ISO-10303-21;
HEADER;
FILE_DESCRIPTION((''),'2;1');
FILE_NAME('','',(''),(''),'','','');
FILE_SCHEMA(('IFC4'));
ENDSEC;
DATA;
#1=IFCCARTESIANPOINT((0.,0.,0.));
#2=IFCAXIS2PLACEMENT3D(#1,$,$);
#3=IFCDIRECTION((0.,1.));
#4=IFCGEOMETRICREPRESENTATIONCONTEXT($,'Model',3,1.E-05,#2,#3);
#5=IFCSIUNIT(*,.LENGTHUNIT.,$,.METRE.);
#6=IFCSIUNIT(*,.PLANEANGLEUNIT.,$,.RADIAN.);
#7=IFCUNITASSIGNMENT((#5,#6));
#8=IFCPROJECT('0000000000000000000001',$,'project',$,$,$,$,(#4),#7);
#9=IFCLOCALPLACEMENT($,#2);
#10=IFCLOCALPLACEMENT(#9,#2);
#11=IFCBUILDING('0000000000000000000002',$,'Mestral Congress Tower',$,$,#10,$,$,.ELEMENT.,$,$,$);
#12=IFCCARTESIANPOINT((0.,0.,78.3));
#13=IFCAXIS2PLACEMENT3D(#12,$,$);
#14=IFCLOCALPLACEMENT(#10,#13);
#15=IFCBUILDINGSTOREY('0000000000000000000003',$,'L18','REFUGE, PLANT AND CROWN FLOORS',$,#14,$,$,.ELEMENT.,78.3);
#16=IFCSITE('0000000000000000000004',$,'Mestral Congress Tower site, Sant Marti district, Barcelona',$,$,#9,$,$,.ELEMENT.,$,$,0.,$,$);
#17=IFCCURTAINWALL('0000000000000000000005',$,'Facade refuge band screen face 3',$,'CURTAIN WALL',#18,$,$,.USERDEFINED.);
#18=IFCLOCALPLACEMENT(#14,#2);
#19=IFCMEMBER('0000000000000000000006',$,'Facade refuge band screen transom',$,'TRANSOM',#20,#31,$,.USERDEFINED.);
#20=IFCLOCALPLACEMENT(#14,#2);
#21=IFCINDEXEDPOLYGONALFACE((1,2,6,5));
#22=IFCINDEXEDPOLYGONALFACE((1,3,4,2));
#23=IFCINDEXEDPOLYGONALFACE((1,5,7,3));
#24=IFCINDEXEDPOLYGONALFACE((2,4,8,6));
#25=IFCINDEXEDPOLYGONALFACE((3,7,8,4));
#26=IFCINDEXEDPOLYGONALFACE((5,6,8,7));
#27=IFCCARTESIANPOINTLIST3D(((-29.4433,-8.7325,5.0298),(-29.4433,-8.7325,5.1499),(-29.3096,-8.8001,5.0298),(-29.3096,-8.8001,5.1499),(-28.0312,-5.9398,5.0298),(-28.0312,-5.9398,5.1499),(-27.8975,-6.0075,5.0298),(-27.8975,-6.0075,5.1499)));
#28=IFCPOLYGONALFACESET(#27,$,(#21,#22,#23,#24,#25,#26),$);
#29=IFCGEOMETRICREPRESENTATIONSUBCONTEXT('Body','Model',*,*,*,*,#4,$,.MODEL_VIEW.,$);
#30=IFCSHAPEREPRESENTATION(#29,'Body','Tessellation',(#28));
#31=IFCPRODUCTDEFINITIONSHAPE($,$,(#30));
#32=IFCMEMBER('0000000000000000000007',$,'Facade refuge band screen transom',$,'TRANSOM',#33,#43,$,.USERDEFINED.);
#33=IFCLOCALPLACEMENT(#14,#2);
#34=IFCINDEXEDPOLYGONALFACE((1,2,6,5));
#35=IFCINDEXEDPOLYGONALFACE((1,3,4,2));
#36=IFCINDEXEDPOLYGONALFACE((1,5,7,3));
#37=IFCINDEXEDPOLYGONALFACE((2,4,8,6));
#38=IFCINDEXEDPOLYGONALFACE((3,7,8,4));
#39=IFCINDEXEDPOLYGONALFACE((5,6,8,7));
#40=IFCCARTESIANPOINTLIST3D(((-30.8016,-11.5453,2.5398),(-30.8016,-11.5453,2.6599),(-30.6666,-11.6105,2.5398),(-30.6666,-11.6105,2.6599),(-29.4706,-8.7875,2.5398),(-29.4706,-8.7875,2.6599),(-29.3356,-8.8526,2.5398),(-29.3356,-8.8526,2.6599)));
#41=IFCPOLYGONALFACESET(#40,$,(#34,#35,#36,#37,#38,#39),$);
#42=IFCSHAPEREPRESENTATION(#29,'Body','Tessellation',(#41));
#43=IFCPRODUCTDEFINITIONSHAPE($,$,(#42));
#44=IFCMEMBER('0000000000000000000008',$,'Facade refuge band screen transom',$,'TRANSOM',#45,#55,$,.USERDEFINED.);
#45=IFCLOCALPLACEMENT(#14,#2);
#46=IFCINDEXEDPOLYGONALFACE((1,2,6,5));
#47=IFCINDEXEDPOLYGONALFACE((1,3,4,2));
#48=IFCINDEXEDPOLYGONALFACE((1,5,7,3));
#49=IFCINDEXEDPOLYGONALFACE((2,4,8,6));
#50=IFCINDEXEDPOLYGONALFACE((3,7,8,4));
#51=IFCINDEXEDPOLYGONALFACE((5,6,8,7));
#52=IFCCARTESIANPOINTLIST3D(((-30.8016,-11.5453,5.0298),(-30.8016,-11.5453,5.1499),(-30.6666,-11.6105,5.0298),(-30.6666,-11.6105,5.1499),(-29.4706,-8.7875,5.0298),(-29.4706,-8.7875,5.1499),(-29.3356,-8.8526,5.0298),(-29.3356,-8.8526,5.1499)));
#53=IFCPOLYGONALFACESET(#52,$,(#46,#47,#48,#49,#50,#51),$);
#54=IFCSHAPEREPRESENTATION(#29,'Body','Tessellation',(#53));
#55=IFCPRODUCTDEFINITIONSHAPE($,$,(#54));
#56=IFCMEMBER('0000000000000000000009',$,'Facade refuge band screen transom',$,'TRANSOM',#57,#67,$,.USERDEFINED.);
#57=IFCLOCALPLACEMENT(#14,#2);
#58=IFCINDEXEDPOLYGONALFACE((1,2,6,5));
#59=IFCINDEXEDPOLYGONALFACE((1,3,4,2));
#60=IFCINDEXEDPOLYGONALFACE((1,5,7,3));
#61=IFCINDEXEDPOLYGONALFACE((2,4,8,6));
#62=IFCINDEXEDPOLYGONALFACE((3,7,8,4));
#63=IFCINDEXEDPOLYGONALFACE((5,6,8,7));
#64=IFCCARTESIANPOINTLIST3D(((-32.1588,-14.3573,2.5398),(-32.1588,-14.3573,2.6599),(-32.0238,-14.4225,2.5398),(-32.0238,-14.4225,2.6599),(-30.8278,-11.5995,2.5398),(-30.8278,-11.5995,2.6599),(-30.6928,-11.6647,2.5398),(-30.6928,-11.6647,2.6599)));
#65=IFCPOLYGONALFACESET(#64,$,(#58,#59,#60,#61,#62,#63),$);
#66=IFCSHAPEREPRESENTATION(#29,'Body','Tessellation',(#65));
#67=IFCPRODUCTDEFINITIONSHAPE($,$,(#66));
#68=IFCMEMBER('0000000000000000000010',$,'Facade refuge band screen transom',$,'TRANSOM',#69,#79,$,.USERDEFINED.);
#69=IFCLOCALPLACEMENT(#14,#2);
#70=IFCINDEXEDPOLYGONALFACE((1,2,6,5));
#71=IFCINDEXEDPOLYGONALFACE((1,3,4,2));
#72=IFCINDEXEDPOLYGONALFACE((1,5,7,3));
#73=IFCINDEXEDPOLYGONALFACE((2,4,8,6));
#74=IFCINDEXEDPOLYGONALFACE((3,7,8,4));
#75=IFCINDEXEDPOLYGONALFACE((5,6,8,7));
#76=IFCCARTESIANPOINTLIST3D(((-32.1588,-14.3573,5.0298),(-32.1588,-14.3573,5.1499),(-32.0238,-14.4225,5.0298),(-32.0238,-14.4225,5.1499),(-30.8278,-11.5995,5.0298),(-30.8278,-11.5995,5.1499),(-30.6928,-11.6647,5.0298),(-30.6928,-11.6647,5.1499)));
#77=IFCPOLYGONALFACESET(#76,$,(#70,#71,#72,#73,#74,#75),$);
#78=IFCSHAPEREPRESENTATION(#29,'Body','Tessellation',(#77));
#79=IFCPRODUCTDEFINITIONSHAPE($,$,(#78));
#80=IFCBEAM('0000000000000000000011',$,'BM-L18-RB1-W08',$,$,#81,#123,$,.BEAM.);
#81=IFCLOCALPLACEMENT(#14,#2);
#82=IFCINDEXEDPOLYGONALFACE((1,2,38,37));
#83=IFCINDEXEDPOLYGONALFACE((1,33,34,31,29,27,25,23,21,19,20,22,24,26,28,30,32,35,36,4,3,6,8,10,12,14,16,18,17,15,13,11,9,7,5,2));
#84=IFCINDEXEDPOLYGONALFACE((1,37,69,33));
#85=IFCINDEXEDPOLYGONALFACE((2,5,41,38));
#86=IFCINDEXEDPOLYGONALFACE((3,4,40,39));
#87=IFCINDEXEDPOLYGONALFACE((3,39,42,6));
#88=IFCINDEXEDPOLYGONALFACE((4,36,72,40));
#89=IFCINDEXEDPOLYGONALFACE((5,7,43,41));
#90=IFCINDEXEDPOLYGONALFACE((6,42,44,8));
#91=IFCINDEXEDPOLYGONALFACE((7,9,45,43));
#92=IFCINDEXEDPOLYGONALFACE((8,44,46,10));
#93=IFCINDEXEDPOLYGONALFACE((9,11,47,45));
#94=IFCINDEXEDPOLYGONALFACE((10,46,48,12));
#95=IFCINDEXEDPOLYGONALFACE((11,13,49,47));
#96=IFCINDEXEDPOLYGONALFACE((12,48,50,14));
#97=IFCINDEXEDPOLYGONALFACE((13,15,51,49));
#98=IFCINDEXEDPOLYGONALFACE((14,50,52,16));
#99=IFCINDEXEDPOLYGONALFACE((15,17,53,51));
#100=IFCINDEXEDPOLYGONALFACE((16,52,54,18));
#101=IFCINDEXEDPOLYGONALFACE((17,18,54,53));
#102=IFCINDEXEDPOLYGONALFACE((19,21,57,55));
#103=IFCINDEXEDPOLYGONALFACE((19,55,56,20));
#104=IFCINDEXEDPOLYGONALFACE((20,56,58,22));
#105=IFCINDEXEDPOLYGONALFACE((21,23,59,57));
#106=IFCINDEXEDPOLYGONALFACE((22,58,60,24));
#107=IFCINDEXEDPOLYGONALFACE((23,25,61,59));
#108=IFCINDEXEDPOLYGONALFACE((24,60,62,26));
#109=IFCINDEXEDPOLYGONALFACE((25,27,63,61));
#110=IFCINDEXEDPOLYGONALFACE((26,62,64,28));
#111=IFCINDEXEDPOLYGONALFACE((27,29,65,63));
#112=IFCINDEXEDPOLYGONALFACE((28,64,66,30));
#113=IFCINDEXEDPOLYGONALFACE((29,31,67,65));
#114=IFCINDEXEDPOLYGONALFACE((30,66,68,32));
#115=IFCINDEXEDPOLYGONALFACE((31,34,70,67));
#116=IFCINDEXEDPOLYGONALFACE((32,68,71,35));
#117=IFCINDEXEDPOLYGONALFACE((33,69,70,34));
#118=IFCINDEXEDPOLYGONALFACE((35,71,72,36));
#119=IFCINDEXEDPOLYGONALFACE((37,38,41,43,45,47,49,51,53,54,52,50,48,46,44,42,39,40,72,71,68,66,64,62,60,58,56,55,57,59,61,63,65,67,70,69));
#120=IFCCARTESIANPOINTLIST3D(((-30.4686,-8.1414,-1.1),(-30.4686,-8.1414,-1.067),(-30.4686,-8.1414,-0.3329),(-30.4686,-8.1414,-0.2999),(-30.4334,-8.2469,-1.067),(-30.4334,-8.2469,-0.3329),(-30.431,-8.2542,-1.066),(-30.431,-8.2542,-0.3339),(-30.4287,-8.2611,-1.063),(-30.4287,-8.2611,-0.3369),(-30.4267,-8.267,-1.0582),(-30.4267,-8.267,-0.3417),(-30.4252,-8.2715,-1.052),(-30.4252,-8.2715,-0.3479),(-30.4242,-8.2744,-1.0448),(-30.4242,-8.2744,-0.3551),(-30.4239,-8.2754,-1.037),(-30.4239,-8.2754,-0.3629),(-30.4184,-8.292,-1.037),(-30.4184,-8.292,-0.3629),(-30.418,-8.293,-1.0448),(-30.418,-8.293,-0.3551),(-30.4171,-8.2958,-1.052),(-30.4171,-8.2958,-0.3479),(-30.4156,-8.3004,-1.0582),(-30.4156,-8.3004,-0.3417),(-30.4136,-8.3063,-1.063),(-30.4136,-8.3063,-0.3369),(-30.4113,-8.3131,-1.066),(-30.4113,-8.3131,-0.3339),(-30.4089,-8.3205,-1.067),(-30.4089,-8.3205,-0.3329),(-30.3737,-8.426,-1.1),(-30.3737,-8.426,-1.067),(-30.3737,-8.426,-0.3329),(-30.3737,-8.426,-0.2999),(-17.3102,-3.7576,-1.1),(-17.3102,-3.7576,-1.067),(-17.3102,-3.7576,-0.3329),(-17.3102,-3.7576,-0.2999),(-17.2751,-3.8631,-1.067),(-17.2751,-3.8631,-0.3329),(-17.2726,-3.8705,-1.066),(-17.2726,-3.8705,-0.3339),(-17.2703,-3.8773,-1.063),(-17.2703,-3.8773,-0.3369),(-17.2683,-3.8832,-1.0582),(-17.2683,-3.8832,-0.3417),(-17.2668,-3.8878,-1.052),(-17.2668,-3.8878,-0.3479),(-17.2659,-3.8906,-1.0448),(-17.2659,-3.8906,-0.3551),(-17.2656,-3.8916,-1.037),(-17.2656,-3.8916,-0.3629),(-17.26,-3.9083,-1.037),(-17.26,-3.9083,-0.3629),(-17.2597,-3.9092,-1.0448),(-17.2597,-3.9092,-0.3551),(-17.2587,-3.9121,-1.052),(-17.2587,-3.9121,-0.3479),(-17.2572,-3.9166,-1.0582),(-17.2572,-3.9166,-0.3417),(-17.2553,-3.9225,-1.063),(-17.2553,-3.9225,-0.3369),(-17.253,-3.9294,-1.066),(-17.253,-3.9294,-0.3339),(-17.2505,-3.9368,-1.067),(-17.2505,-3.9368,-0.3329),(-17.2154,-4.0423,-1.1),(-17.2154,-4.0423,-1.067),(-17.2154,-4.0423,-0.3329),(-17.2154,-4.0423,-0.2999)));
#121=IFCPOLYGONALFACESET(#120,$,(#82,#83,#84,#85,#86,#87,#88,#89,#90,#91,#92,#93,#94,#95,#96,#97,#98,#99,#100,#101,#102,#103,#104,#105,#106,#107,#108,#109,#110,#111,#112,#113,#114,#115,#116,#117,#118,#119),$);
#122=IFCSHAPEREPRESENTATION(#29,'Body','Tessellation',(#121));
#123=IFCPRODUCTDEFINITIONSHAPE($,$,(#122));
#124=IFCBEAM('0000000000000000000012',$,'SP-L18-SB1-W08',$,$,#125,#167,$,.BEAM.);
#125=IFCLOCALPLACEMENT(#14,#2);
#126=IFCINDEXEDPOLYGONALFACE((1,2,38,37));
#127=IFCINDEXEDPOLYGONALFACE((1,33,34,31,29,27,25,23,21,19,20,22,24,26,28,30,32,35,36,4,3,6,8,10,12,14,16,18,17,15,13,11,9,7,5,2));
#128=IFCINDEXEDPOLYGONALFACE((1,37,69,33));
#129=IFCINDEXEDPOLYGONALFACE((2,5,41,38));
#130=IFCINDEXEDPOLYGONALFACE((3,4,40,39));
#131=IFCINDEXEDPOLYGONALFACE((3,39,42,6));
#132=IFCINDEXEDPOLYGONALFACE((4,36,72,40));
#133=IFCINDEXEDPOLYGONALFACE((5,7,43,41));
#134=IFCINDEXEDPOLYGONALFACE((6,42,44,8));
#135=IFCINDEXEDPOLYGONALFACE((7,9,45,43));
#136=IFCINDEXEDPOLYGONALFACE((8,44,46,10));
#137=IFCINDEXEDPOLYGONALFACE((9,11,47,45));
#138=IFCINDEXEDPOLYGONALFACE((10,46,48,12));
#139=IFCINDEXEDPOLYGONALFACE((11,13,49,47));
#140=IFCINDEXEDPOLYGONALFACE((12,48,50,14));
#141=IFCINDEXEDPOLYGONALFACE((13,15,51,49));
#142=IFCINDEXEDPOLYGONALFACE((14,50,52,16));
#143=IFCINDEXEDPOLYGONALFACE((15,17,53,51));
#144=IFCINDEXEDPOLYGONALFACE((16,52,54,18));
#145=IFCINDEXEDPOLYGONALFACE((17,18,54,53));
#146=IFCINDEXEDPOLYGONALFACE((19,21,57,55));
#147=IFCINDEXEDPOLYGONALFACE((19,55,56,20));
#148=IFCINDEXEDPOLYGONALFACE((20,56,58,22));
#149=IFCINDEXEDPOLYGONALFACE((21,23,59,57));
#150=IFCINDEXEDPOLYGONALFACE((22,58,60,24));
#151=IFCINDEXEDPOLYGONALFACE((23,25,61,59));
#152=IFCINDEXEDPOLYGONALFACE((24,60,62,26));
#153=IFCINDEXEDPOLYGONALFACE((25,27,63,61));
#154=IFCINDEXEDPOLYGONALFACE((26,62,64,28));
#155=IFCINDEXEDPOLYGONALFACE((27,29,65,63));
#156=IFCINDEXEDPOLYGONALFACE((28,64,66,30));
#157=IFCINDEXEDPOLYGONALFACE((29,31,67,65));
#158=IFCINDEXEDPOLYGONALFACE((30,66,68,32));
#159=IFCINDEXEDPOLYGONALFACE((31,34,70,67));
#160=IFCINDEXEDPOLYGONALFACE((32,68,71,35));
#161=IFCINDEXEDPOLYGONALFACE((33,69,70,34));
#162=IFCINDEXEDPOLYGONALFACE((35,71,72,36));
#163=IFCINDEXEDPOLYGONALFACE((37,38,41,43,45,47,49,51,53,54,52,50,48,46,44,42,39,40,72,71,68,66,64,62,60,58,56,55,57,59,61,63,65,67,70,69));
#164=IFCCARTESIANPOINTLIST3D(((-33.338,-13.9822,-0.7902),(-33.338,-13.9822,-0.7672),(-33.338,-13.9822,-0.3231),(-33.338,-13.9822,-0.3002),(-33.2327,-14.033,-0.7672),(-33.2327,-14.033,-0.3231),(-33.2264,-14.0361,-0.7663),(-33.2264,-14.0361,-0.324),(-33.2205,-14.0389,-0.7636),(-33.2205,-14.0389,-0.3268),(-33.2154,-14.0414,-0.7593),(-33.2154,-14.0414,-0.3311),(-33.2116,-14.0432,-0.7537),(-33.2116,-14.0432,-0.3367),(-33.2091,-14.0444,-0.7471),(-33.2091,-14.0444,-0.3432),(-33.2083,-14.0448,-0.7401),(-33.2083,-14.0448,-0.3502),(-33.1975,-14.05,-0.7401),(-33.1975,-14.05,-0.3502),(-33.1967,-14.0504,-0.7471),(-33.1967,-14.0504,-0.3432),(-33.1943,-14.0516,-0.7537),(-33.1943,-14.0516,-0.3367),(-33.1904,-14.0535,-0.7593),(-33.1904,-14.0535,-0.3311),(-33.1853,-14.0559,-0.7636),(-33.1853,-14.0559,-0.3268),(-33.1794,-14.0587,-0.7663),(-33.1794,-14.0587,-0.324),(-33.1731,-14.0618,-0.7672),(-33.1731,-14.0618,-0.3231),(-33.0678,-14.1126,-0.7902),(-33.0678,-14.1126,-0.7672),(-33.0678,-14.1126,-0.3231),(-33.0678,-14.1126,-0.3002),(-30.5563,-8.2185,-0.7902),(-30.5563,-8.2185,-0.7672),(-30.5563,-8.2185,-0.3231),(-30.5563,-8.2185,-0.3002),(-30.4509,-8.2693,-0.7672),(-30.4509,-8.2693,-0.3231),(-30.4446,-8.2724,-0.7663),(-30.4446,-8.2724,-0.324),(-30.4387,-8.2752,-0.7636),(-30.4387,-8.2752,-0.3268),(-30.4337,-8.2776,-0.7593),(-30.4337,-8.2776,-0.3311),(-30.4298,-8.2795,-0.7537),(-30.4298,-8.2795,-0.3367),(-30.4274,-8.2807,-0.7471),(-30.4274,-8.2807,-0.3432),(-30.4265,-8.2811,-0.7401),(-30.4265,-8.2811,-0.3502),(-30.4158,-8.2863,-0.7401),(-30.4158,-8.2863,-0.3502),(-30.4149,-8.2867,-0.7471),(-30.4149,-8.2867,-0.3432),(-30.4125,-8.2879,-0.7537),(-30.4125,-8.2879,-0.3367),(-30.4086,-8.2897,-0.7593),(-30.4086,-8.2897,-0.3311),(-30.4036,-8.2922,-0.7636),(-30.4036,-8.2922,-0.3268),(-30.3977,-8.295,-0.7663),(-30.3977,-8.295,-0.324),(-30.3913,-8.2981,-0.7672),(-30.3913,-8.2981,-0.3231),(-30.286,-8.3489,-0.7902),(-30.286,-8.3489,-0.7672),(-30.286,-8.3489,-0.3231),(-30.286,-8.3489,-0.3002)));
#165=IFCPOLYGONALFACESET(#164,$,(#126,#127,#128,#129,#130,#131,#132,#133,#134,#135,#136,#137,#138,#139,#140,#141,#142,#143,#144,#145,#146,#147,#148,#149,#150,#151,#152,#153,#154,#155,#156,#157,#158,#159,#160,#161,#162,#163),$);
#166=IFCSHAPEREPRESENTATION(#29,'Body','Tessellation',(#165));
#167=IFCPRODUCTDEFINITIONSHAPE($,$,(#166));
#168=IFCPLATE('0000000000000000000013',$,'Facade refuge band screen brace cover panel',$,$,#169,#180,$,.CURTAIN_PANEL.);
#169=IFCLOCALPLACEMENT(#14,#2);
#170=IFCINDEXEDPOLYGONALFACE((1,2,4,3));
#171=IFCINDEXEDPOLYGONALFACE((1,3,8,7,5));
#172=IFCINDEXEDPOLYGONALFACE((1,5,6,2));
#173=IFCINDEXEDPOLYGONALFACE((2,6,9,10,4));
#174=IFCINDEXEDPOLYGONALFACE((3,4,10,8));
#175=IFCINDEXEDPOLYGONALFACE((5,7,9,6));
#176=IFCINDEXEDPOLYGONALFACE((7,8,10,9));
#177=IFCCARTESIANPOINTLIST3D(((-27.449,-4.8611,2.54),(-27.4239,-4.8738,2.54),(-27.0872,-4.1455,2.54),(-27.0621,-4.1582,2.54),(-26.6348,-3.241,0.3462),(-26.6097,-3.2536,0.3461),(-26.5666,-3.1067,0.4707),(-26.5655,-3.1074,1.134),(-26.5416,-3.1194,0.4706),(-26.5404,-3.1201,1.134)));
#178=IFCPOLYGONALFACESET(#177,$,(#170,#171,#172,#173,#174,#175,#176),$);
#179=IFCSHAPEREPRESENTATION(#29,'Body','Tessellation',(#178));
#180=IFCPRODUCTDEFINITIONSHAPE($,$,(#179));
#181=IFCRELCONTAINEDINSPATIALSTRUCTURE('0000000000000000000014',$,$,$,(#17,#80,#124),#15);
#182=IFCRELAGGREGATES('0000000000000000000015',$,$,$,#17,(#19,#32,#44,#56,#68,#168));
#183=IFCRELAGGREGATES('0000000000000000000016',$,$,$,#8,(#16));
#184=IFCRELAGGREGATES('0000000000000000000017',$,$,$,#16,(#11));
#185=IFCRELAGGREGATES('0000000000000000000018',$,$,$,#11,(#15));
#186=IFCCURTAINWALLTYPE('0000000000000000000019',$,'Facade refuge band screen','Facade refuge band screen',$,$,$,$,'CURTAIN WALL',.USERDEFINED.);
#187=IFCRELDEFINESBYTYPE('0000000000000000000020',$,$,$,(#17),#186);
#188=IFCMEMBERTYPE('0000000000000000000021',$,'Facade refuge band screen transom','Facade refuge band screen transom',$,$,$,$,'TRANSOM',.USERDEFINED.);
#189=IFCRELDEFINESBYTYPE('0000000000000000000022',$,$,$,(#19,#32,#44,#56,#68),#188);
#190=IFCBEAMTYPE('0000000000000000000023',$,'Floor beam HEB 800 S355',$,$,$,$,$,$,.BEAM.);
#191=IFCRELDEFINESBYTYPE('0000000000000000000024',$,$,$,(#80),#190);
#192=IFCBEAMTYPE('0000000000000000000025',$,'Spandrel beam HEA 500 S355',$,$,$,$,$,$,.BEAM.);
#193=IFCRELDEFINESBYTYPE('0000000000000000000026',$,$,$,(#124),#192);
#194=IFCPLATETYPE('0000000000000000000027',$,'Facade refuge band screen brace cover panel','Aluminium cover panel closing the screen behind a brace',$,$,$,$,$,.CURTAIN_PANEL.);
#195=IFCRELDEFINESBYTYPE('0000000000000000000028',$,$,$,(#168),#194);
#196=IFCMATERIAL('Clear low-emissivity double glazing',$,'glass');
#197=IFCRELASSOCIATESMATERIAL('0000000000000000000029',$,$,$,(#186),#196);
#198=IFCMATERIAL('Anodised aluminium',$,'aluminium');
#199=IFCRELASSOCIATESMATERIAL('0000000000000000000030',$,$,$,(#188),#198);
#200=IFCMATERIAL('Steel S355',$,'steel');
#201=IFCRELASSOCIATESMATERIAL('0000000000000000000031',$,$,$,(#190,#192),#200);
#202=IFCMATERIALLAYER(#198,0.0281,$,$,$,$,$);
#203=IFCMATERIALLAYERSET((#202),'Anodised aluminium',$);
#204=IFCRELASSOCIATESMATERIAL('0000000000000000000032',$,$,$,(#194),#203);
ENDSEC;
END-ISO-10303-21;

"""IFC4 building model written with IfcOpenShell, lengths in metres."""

from ifc_helpers import new_model, si_unit, direction, frame, origin, origin_2d, place, context, subcontext, project, spatial, polyline, rectangle, i_section, outline, extrude, material, layer, layer_set, material_profile, profile_set, type_object, element, aggregate, save


model = new_model("IFC4")

# Units and contexts
model_context = context("Model", 3, precision=1e-05, world=origin(), true_north=direction((0.0, 1.0)))
body_context = subcontext(model_context, "Body", "Model", "MODEL_VIEW")
ifc_project = project(units=[si_unit("LENGTHUNIT", "METRE"), si_unit("PLANEANGLEUNIT", "RADIAN")], contexts=[model_context])

# Site, building, storey
site_placement = place(None, origin())
site = spatial("IfcSite", under=ifc_project, at=site_placement, Name="Mestral Congress Tower site, Sant Marti district, Barcelona", CompositionType="ELEMENT", RefElevation=0.0)
building_placement = place(site_placement, origin())
building = spatial("IfcBuilding", under=site, at=building_placement, Name="Mestral Congress Tower", CompositionType="ELEMENT")
storey_placement = place(building_placement, frame((0.0, 0.0, 78.3)))
storey = spatial("IfcBuildingStorey", under=building, at=storey_placement, Name="L18", Description="REFUGE, PLANT AND CROWN FLOORS", CompositionType="ELEMENT", Elevation=78.3)

# Shared definitions
ifc_material_1 = material(Name="Steel S355", Category="steel")

# Curtain wall, members
ifc_material_2 = material(Name="Clear low-emissivity double glazing", Category="glass")
curtain_wall_type = type_object("IfcCurtainWallType", Name="Facade refuge band screen", Description="Facade refuge band screen", ElementType="CURTAIN WALL", PredefinedType="USERDEFINED", material=ifc_material_2)
curtain_wall_placement = place(storey_placement, origin())
curtain_wall = element("IfcCurtainWall", 1, at=curtain_wall_placement, inside=storey, type_object=curtain_wall_type, Name="Facade refuge band screen face 3", ObjectType="CURTAIN WALL", PredefinedType="USERDEFINED")
ifc_material_3 = material(Name="Anodised aluminium", Category="aluminium")
ifc_material_profile_1 = material_profile(ifc_material_3, rectangle(XDim=0.1499, YDim=0.1201, at=origin_2d()), Name="CW3 transom 150 x 120")
ifc_profile_set_1 = profile_set([ifc_material_profile_1], Name="Anodised aluminium")
member_type_1 = type_object("IfcMemberType", Name="Facade refuge band screen transom", Description="Facade refuge band screen transom", ElementType="TRANSOM", PredefinedType="USERDEFINED", material=ifc_profile_set_1)
member_1_placement = place(storey_placement, frame((-27.9644, -5.9736, 5.0898), z_axis=(-0.451235, -0.892405, 0.0), x_axis=(0.892405, -0.451235, 0.0)))
member_1 = element("IfcMember", 2, at=member_1_placement, type_object=member_type_1, Name="Facade refuge band screen transom", ObjectType="TRANSOM", PredefinedType="USERDEFINED", context=body_context, shape_type="SweptSolid", body=[
    extrude(rectangle(XDim=0.1499, YDim=0.1201, at=origin_2d()), origin(), (0.0, 0.0, 1.0), 3.1294),
])
member_2_placement = place(storey_placement, frame((-29.4031, -8.8201, 2.5999), z_axis=(-0.434669, -0.90059, 0.0), x_axis=(0.90059, -0.434669, 0.0)))
member_2 = element("IfcMember", 3, at=member_2_placement, type_object=member_type_1, Name="Facade refuge band screen transom", ObjectType="TRANSOM", PredefinedType="USERDEFINED", context=body_context, shape_type="SweptSolid", body=[
    extrude(rectangle(XDim=0.1499, YDim=0.1201, at=origin_2d()), origin(), (0.0, 0.0, 1.0), 3.0623),
])
member_3_placement = place(storey_placement, frame((-29.4031, -8.8201, 5.0898), z_axis=(-0.434669, -0.90059, 0.0), x_axis=(0.90059, -0.434669, 0.0)))
member_3 = element("IfcMember", 4, at=member_3_placement, type_object=member_type_1, Name="Facade refuge band screen transom", ObjectType="TRANSOM", PredefinedType="USERDEFINED", context=body_context, shape_type="SweptSolid", body=[
    extrude(rectangle(XDim=0.1499, YDim=0.1201, at=origin_2d()), origin(), (0.0, 0.0, 1.0), 3.0623),
])
member_4_placement = place(storey_placement, frame((-30.7603, -11.6321, 2.5999), z_axis=(-0.434669, -0.90059, 0.0), x_axis=(0.90059, -0.434669, 0.0)))
member_4 = element("IfcMember", 5, at=member_4_placement, type_object=member_type_1, Name="Facade refuge band screen transom", ObjectType="TRANSOM", PredefinedType="USERDEFINED", context=body_context, shape_type="SweptSolid", body=[
    extrude(rectangle(XDim=0.1499, YDim=0.1201, at=origin_2d()), origin(), (0.0, 0.0, 1.0), 3.0623),
])
member_5_placement = place(storey_placement, frame((-30.7603, -11.6321, 5.0898), z_axis=(-0.434669, -0.90059, 0.0), x_axis=(0.90059, -0.434669, 0.0)))
member_5 = element("IfcMember", 6, at=member_5_placement, type_object=member_type_1, Name="Facade refuge band screen transom", ObjectType="TRANSOM", PredefinedType="USERDEFINED", context=body_context, shape_type="SweptSolid", body=[
    extrude(rectangle(XDim=0.1499, YDim=0.1201, at=origin_2d()), origin(), (0.0, 0.0, 1.0), 3.0623),
])

# Beams
ifc_material_profile_2 = material_profile(ifc_material_1, i_section(OverallWidth=0.3, OverallDepth=0.8, WebThickness=0.0176, FlangeThickness=0.033, FilletRadius=0.03, at=origin_2d()), Name="HEB 800")
ifc_profile_set_2 = profile_set([ifc_material_profile_2], Name="Steel S355")
beam_type_1 = type_object("IfcBeamType", Name="Floor beam HEB 800 S355", PredefinedType="BEAM", material=ifc_profile_set_2)
beam_1_placement = place(storey_placement, frame((-30.4211, -8.2837, -0.7), z_axis=(0.948734, 0.316075, 0.0), x_axis=(-0.316075, 0.948734, 0.0)))
element("IfcBeam", 7, at=beam_1_placement, inside=storey, type_object=beam_type_1, Name="BM-L18-RB1-W08", PredefinedType="BEAM", context=body_context, shape_type="SweptSolid", body=[
    extrude(i_section(OverallWidth=0.3, OverallDepth=0.8, WebThickness=0.0176, FlangeThickness=0.033, FilletRadius=0.03, at=origin_2d()), origin(), (0.0, 0.0, 1.0), 13.8694),
])
ifc_material_profile_3 = material_profile(ifc_material_1, i_section(OverallWidth=0.3, OverallDepth=0.49, WebThickness=0.012, FlangeThickness=0.0229, FilletRadius=0.0271, at=origin_2d()), Name="HEA 500")
ifc_profile_set_3 = profile_set([ifc_material_profile_3], Name="Steel S355")
beam_type_2 = type_object("IfcBeamType", Name="Spandrel beam HEA 500 S355", PredefinedType="BEAM", material=ifc_profile_set_3)
beam_2_placement = place(storey_placement, frame((-30.4211, -8.2837, -0.5452), z_axis=(-0.434657, -0.900596, 0.0), x_axis=(0.900596, -0.434657, 0.0)))
element("IfcBeam", 8, at=beam_2_placement, inside=storey, type_object=beam_type_2, Name="SP-L18-SB1-W08", PredefinedType="BEAM", context=body_context, shape_type="SweptSolid", body=[
    extrude(i_section(OverallWidth=0.3, OverallDepth=0.49, WebThickness=0.012, FlangeThickness=0.0229, FilletRadius=0.0271, at=origin_2d()), origin(), (0.0, 0.0, 1.0), 6.3999),
])

# Plate
ifc_layer_1 = layer(ifc_material_3, 0.0281)
ifc_layer_set_1 = layer_set([ifc_layer_1], Name="Anodised aluminium")
plate_type_1 = type_object("IfcPlateType", Name="Facade refuge band screen brace cover panel", Description="Aluminium cover panel closing the screen behind a brace", PredefinedType="CURTAIN_PANEL", material=ifc_layer_set_1)
plate_1_placement = place(storey_placement, frame((-27.449, -4.8611, 2.54), z_axis=(-0.892406, 0.451229, 0.002034), x_axis=(0.286065, 0.569231, -0.770807)))
plate_1 = element("IfcPlate", 9, at=plate_1_placement, type_object=plate_type_1, Name="Facade refuge band screen brace cover panel", PredefinedType="CURTAIN_PANEL", context=body_context, shape_type="SweptSolid", body=[
    extrude(outline(polyline([(0.0, 0.0), (2.8462, 0.0), (2.8461, -0.1954), (2.3347, -0.6179), (0.5108, -0.6181), (0.0, 0.0)])), origin(), (0.0, 0.0, -1.0), 0.0281),
])

aggregate(curtain_wall, [member_1, member_2, member_3, member_4, member_5, plate_1])

save(model, "model.ifc")
